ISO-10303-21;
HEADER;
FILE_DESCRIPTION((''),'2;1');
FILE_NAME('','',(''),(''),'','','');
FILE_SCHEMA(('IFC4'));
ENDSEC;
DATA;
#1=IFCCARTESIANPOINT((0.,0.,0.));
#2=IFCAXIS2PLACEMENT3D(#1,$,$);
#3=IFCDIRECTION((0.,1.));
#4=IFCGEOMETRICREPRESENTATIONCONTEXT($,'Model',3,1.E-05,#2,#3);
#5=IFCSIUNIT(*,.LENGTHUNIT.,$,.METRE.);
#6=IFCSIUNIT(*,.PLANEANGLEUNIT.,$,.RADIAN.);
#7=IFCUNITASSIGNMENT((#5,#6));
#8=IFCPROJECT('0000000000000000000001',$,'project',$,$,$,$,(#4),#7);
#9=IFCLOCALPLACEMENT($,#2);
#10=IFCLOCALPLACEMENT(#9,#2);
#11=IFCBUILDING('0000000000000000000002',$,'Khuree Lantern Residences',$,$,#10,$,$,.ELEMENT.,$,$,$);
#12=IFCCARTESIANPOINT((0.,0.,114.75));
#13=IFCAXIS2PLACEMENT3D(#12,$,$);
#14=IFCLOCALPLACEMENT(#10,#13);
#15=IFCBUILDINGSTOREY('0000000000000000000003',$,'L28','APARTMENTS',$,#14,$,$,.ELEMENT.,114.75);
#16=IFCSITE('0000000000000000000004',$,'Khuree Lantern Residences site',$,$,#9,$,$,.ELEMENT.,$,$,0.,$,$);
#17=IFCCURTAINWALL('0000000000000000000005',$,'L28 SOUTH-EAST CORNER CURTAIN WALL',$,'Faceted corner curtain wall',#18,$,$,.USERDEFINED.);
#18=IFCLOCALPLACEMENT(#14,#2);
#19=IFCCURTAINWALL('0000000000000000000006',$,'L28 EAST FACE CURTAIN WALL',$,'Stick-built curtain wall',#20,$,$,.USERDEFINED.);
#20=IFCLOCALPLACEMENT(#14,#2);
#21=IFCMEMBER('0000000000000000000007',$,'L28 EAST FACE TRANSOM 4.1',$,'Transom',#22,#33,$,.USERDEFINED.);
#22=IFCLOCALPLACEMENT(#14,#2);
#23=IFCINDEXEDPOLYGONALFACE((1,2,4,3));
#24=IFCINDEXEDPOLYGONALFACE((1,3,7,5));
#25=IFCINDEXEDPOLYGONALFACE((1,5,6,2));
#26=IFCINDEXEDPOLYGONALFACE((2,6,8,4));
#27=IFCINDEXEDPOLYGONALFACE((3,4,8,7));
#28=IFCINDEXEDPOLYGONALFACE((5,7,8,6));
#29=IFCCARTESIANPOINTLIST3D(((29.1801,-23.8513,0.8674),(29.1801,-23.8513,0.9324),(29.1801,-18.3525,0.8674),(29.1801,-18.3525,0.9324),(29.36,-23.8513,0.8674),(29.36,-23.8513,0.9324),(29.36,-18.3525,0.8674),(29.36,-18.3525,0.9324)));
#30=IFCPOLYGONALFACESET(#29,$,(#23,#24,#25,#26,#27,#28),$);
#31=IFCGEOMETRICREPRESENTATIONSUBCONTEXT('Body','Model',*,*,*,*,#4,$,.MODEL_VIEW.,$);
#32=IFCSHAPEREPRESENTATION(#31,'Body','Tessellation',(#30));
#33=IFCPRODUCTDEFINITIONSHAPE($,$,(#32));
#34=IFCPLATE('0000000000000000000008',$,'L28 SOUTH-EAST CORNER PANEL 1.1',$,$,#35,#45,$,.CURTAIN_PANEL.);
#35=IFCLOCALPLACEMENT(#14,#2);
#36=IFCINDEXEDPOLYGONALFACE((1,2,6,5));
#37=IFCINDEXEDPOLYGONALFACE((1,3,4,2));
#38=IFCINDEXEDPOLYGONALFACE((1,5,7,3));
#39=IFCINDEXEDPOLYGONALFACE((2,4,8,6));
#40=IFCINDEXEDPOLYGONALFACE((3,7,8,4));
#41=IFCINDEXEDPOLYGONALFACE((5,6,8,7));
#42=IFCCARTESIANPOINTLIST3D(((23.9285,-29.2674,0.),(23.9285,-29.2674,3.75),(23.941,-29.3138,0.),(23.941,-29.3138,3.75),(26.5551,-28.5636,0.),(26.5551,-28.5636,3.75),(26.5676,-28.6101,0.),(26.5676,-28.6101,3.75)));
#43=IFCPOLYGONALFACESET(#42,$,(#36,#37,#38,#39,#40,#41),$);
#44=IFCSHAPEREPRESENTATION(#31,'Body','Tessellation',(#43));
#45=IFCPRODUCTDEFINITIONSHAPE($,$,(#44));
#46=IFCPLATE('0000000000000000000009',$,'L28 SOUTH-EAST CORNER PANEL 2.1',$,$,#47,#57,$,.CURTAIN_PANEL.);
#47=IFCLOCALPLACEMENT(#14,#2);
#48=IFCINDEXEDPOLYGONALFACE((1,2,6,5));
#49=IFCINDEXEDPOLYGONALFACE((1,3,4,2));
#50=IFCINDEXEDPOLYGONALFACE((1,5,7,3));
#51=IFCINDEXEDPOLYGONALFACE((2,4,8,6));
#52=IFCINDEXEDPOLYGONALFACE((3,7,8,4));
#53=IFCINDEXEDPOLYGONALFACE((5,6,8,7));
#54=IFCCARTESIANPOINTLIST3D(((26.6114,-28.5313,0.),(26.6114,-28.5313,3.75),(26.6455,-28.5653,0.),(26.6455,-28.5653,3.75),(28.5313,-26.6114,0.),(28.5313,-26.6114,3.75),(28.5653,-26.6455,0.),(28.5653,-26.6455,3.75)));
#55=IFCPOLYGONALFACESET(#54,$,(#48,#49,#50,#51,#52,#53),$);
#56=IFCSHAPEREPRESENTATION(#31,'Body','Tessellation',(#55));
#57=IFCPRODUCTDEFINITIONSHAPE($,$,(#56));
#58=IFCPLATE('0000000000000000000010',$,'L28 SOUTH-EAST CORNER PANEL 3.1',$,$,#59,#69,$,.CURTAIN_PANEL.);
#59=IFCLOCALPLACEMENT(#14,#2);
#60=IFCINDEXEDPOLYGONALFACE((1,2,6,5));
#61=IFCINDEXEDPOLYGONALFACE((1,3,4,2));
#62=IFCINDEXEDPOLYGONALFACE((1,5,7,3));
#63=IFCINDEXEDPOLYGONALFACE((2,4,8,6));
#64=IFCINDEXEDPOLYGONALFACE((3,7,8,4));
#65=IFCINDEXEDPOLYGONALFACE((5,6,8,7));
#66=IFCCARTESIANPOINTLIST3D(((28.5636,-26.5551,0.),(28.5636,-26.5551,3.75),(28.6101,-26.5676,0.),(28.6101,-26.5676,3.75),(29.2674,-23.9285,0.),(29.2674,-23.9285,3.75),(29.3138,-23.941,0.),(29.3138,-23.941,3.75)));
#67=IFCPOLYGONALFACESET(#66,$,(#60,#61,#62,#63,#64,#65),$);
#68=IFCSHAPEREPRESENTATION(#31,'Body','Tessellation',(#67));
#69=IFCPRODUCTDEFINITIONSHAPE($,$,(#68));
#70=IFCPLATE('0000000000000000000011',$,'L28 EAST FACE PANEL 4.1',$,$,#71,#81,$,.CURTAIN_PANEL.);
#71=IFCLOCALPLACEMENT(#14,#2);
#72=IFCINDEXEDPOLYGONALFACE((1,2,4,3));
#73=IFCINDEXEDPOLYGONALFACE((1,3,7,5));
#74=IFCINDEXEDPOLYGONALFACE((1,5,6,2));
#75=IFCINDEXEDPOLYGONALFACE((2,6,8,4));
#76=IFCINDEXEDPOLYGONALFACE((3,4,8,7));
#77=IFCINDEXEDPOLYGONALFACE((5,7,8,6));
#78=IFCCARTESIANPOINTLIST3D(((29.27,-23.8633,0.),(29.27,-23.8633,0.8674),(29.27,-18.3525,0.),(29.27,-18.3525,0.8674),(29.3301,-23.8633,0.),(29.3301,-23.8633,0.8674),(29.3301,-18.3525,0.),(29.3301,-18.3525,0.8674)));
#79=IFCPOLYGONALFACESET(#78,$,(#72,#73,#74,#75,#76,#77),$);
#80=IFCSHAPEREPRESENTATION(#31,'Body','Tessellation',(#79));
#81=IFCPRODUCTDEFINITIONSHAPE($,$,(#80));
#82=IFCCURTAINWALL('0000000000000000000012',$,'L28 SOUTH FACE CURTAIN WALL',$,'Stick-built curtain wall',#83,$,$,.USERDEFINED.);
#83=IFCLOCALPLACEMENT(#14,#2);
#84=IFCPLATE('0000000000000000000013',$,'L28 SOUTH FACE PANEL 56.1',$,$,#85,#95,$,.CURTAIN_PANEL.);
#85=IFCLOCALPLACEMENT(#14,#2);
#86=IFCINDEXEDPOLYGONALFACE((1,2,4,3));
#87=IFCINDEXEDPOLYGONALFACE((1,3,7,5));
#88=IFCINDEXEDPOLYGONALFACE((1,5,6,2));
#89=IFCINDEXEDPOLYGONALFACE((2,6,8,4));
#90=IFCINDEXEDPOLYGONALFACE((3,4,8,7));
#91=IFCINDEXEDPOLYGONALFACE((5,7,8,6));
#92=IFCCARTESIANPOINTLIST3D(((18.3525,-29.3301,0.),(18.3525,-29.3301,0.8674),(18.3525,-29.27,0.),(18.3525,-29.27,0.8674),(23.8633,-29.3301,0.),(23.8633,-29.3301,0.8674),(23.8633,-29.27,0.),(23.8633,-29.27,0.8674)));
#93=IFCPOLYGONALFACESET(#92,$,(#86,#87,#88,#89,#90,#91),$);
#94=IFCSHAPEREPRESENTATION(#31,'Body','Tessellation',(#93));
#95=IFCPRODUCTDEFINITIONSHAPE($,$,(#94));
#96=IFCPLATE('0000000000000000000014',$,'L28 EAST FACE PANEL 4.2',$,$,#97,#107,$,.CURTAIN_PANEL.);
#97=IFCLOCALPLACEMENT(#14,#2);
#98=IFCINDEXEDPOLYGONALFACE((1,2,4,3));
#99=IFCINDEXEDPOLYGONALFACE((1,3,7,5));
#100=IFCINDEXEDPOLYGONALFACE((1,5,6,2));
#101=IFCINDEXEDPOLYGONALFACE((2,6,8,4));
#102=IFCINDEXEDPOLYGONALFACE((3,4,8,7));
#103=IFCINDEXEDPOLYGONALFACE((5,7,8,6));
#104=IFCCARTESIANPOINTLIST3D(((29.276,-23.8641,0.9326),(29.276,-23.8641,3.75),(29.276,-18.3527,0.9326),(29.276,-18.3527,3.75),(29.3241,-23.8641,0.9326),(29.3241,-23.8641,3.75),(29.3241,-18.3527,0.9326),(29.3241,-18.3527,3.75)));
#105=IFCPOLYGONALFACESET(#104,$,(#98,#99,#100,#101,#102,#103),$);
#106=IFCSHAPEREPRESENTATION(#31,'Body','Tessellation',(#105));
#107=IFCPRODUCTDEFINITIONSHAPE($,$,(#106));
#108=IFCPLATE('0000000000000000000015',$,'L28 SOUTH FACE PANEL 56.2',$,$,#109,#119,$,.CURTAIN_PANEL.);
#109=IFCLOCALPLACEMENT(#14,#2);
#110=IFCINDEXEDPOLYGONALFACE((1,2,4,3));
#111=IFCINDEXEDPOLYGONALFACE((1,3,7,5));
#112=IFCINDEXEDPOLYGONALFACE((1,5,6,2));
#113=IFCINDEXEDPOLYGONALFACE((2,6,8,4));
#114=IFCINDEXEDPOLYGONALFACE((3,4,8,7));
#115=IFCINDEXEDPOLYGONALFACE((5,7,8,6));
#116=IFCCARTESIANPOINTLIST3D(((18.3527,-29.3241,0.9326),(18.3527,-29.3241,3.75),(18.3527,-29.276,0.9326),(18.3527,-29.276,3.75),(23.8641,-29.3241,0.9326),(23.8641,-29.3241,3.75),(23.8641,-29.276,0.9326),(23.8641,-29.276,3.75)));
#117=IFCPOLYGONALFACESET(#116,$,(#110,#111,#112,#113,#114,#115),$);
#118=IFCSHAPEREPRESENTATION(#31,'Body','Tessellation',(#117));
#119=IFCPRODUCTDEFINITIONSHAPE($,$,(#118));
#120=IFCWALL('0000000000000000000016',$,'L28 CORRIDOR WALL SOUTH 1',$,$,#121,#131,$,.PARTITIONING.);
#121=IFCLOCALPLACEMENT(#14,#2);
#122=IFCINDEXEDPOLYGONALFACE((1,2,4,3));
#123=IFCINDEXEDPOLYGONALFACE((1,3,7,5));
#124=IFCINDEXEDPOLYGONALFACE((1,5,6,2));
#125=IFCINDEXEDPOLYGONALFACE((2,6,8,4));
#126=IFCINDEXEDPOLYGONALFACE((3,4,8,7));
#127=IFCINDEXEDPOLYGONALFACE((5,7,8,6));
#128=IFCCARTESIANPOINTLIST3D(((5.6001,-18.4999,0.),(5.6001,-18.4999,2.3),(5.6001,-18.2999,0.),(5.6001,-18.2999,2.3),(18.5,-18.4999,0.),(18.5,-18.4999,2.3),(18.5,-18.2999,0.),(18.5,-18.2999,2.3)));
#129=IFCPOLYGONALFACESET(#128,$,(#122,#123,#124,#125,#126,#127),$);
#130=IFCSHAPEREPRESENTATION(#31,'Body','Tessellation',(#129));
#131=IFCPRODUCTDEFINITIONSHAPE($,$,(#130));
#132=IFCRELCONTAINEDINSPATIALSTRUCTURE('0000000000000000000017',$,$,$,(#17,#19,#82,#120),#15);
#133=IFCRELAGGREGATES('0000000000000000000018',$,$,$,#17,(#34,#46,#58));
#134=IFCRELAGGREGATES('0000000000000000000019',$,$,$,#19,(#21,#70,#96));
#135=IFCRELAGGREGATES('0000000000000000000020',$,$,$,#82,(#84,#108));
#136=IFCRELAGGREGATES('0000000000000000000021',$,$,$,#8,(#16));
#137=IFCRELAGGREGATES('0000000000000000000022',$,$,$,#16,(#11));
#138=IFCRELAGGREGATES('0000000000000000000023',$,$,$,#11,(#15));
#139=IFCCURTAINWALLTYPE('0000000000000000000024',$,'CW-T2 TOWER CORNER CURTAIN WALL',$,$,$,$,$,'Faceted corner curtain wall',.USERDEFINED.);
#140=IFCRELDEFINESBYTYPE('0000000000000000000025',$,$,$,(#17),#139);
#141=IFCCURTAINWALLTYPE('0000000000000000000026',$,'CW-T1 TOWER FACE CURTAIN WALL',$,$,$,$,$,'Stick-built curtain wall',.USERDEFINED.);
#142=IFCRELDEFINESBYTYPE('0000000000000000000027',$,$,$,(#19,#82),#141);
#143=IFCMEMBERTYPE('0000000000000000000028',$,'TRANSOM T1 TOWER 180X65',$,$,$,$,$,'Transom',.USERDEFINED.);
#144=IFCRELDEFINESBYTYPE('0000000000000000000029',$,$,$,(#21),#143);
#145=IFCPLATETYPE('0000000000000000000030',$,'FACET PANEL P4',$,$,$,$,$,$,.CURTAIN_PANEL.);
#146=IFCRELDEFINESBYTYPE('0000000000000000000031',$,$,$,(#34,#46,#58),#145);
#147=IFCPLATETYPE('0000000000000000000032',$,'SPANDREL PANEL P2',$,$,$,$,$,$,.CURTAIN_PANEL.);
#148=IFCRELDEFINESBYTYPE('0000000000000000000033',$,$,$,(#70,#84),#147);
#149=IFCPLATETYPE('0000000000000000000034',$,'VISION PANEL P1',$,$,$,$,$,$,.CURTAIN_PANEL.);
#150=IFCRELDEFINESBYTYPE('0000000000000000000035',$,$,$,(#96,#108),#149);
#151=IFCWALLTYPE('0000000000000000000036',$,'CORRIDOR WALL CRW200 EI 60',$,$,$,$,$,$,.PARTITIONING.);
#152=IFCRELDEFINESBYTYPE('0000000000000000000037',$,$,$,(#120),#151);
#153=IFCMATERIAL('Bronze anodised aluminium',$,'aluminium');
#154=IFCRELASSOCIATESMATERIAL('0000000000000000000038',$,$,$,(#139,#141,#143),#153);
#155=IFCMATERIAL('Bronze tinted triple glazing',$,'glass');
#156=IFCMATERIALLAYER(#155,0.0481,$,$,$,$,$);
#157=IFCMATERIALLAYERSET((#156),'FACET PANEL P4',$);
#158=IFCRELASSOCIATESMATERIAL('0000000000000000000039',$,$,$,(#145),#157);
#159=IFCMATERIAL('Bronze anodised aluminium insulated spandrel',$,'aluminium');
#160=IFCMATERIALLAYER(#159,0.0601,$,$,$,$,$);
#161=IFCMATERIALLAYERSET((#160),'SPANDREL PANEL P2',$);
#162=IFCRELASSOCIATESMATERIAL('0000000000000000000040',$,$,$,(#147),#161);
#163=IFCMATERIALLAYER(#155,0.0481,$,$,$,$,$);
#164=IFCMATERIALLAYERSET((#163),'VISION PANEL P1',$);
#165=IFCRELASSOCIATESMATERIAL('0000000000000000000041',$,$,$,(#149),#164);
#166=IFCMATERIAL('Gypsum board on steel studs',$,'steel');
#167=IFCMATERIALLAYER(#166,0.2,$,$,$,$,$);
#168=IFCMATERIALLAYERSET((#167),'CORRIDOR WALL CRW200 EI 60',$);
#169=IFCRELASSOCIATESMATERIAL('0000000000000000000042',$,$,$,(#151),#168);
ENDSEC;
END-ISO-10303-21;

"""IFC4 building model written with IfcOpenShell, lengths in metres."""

from ifc_helpers import new_model, si_unit, direction, frame, frame_2d, origin, origin_2d, place, context, subcontext, project, spatial, rectangle, extrude, material, layer, layer_set, material_profile, profile_set, type_object, element, aggregate, save


model = new_model("IFC4")

# Units and contexts
model_context = context("Model", 3, precision=1e-05, world=origin(), true_north=direction((0.0, 1.0)))
body_context = subcontext(model_context, "Body", "Model", "MODEL_VIEW")
ifc_project = project(units=[si_unit("LENGTHUNIT", "METRE"), si_unit("PLANEANGLEUNIT", "RADIAN")], contexts=[model_context])

# Site, building, storey
site_placement = place(None, origin())
site = spatial("IfcSite", under=ifc_project, at=site_placement, Name="Khuree Lantern Residences site", CompositionType="ELEMENT", RefElevation=0.0)
building_placement = place(site_placement, origin())
building = spatial("IfcBuilding", under=site, at=building_placement, Name="Khuree Lantern Residences", CompositionType="ELEMENT")
storey_placement = place(building_placement, frame((0.0, 0.0, 114.75)))
storey = spatial("IfcBuildingStorey", under=building, at=storey_placement, Name="L28", Description="APARTMENTS", CompositionType="ELEMENT", Elevation=114.75)

# Curtain wall
ifc_material_1 = material(Name="Bronze anodised aluminium", Category="aluminium")
curtain_wall_type_1 = type_object("IfcCurtainWallType", Name="CW-T2 TOWER CORNER CURTAIN WALL", ElementType="Faceted corner curtain wall", PredefinedType="USERDEFINED", material=ifc_material_1)
curtain_wall_1_placement = place(storey_placement, origin())
curtain_wall_1 = element("IfcCurtainWall", 1, at=curtain_wall_1_placement, inside=storey, type_object=curtain_wall_type_1, Name="L28 SOUTH-EAST CORNER CURTAIN WALL", ObjectType="Faceted corner curtain wall", PredefinedType="USERDEFINED")

# Curtain wall, member
curtain_wall_type_2 = type_object("IfcCurtainWallType", Name="CW-T1 TOWER FACE CURTAIN WALL", ElementType="Stick-built curtain wall", PredefinedType="USERDEFINED", material=ifc_material_1)
curtain_wall_2_placement = place(storey_placement, origin())
curtain_wall_2 = element("IfcCurtainWall", 2, at=curtain_wall_2_placement, inside=storey, type_object=curtain_wall_type_2, Name="L28 EAST FACE CURTAIN WALL", ObjectType="Stick-built curtain wall", PredefinedType="USERDEFINED")
ifc_material_profile_1 = material_profile(ifc_material_1, rectangle(XDim=0.1799, YDim=0.0649, at=origin_2d()), Name="T1 180X65")
ifc_profile_set_1 = profile_set([ifc_material_profile_1], Name="Bronze anodised aluminium")
member_type_1 = type_object("IfcMemberType", Name="TRANSOM T1 TOWER 180X65", ElementType="Transom", PredefinedType="USERDEFINED", material=ifc_profile_set_1)
member_1_placement = place(storey_placement, frame((29.27, -23.8513, 0.8999), z_axis=(0.0, 1.0, 0.0), x_axis=(-1.0, 0.0, 0.0)))
member_1 = element("IfcMember", 3, at=member_1_placement, type_object=member_type_1, Name="L28 EAST FACE TRANSOM 4.1", ObjectType="Transom", PredefinedType="USERDEFINED", context=body_context, shape_type="SweptSolid", body=[
    extrude(rectangle(XDim=0.1799, YDim=0.0649, at=origin_2d()), origin(), (0.0, 0.0, 1.0), 5.4988),
])

# Plates
ifc_material_2 = material(Name="Bronze tinted triple glazing", Category="glass")
ifc_layer_1 = layer(ifc_material_2, 0.0481)
ifc_layer_set_1 = layer_set([ifc_layer_1], Name="FACET PANEL P4")
plate_type_1 = type_object("IfcPlateType", Name="FACET PANEL P4", PredefinedType="CURTAIN_PANEL", material=ifc_layer_set_1)
plate_1_placement = place(storey_placement, frame((25.248, -28.9387, 0.0), z_axis=(0.0, 0.0, 1.0), x_axis=(0.965926, 0.258819, 0.0)))
plate_1 = element("IfcPlate", 4, at=plate_1_placement, type_object=plate_type_1, Name="L28 SOUTH-EAST CORNER PANEL 1.1", PredefinedType="CURTAIN_PANEL", context=body_context, shape_type="SweptSolid", body=[
    extrude(rectangle(XDim=2.7192, YDim=0.0481, at=origin_2d()), origin(), (0.0, 0.0, 1.0), 3.75),
])
plate_2_placement = place(storey_placement, frame((27.5884, -27.5884, 0.0), z_axis=(0.0, 0.0, 1.0), x_axis=(0.707107, 0.707107, 0.0)))
plate_2 = element("IfcPlate", 5, at=plate_2_placement, type_object=plate_type_1, Name="L28 SOUTH-EAST CORNER PANEL 2.1", PredefinedType="CURTAIN_PANEL", context=body_context, shape_type="SweptSolid", body=[
    extrude(rectangle(XDim=2.7151, YDim=0.0481, at=origin_2d()), origin(), (0.0, 0.0, 1.0), 3.75),
])
plate_3_placement = place(storey_placement, frame((28.9387, -25.248, 0.0), z_axis=(0.0, 0.0, 1.0), x_axis=(0.258819, 0.965926, 0.0)))
plate_3 = element("IfcPlate", 6, at=plate_3_placement, type_object=plate_type_1, Name="L28 SOUTH-EAST CORNER PANEL 3.1", PredefinedType="CURTAIN_PANEL", context=body_context, shape_type="SweptSolid", body=[
    extrude(rectangle(XDim=2.7192, YDim=0.0481, at=origin_2d()), origin(), (0.0, 0.0, 1.0), 3.75),
])
aggregate(curtain_wall_1, [plate_1, plate_2, plate_3])
ifc_material_3 = material(Name="Bronze anodised aluminium insulated spandrel", Category="aluminium")
ifc_layer_2 = layer(ifc_material_3, 0.0601)
ifc_layer_set_2 = layer_set([ifc_layer_2], Name="SPANDREL PANEL P2")
plate_type_2 = type_object("IfcPlateType", Name="SPANDREL PANEL P2", PredefinedType="CURTAIN_PANEL", material=ifc_layer_set_2)
plate_4_placement = place(storey_placement, frame((29.3, -21.1079, 0.0), z_axis=(0.0, 0.0, 1.0), x_axis=(0.0, 1.0, 0.0)))
plate_4 = element("IfcPlate", 7, at=plate_4_placement, type_object=plate_type_2, Name="L28 EAST FACE PANEL 4.1", PredefinedType="CURTAIN_PANEL", context=body_context, shape_type="SweptSolid", body=[
    extrude(rectangle(XDim=5.5107, YDim=0.0601, at=origin_2d()), origin(), (0.0, 0.0, 1.0), 0.8674),
])

# Curtain wall, plate
curtain_wall_3_placement = place(storey_placement, origin())
curtain_wall_3 = element("IfcCurtainWall", 8, at=curtain_wall_3_placement, inside=storey, type_object=curtain_wall_type_2, Name="L28 SOUTH FACE CURTAIN WALL", ObjectType="Stick-built curtain wall", PredefinedType="USERDEFINED")
plate_5_placement = place(storey_placement, frame((21.1079, -29.3, 0.0), z_axis=(0.0, 0.0, 1.0), x_axis=(1.0, 0.0, 0.0)))
plate_5 = element("IfcPlate", 9, at=plate_5_placement, type_object=plate_type_2, Name="L28 SOUTH FACE PANEL 56.1", PredefinedType="CURTAIN_PANEL", context=body_context, shape_type="SweptSolid", body=[
    extrude(rectangle(XDim=5.5107, YDim=0.0601, at=origin_2d()), origin(), (0.0, 0.0, 1.0), 0.8674),
])

# Plates
ifc_layer_3 = layer(ifc_material_2, 0.0481)
ifc_layer_set_3 = layer_set([ifc_layer_3], Name="VISION PANEL P1")
plate_type_3 = type_object("IfcPlateType", Name="VISION PANEL P1", PredefinedType="CURTAIN_PANEL", material=ifc_layer_set_3)
plate_6_placement = place(storey_placement, frame((29.3, -21.1084, 0.9326), z_axis=(0.0, 0.0, 1.0), x_axis=(0.0, 1.0, 0.0)))
plate_6 = element("IfcPlate", 10, at=plate_6_placement, type_object=plate_type_3, Name="L28 EAST FACE PANEL 4.2", PredefinedType="CURTAIN_PANEL", context=body_context, shape_type="SweptSolid", body=[
    extrude(rectangle(XDim=5.5115, YDim=0.0481, at=origin_2d()), origin(), (0.0, 0.0, 1.0), 2.8174),
])
aggregate(curtain_wall_2, [member_1, plate_4, plate_6])
plate_7_placement = place(storey_placement, frame((21.1084, -29.3, 0.9326), z_axis=(0.0, 0.0, 1.0), x_axis=(1.0, 0.0, 0.0)))
plate_7 = element("IfcPlate", 11, at=plate_7_placement, type_object=plate_type_3, Name="L28 SOUTH FACE PANEL 56.2", PredefinedType="CURTAIN_PANEL", context=body_context, shape_type="SweptSolid", body=[
    extrude(rectangle(XDim=5.5115, YDim=0.0481, at=origin_2d()), origin(), (0.0, 0.0, 1.0), 2.8174),
])
aggregate(curtain_wall_3, [plate_5, plate_7])

# Wall
ifc_material_4 = material(Name="Gypsum board on steel studs", Category="steel")
ifc_layer_4 = layer(ifc_material_4, 0.2)
ifc_layer_set_4 = layer_set([ifc_layer_4], Name="CORRIDOR WALL CRW200 EI 60")
wall_type = type_object("IfcWallType", Name="CORRIDOR WALL CRW200 EI 60", PredefinedType="PARTITIONING", material=ifc_layer_set_4)
wall_placement = place(storey_placement, frame((18.5, -18.3999, 0.0), z_axis=(0.0, 0.0, 1.0), x_axis=(-1.0, 0.0, 0.0)))
element("IfcWall", 12, at=wall_placement, inside=storey, type_object=wall_type, Name="L28 CORRIDOR WALL SOUTH 1", PredefinedType="PARTITIONING", context=body_context, shape_type="SweptSolid", body=[
    extrude(rectangle(XDim=12.8999, YDim=0.2, at=frame_2d((6.45, 0.0))), origin(), (0.0, 0.0, 1.0), 2.3),
])

save(model, "model.ifc")
